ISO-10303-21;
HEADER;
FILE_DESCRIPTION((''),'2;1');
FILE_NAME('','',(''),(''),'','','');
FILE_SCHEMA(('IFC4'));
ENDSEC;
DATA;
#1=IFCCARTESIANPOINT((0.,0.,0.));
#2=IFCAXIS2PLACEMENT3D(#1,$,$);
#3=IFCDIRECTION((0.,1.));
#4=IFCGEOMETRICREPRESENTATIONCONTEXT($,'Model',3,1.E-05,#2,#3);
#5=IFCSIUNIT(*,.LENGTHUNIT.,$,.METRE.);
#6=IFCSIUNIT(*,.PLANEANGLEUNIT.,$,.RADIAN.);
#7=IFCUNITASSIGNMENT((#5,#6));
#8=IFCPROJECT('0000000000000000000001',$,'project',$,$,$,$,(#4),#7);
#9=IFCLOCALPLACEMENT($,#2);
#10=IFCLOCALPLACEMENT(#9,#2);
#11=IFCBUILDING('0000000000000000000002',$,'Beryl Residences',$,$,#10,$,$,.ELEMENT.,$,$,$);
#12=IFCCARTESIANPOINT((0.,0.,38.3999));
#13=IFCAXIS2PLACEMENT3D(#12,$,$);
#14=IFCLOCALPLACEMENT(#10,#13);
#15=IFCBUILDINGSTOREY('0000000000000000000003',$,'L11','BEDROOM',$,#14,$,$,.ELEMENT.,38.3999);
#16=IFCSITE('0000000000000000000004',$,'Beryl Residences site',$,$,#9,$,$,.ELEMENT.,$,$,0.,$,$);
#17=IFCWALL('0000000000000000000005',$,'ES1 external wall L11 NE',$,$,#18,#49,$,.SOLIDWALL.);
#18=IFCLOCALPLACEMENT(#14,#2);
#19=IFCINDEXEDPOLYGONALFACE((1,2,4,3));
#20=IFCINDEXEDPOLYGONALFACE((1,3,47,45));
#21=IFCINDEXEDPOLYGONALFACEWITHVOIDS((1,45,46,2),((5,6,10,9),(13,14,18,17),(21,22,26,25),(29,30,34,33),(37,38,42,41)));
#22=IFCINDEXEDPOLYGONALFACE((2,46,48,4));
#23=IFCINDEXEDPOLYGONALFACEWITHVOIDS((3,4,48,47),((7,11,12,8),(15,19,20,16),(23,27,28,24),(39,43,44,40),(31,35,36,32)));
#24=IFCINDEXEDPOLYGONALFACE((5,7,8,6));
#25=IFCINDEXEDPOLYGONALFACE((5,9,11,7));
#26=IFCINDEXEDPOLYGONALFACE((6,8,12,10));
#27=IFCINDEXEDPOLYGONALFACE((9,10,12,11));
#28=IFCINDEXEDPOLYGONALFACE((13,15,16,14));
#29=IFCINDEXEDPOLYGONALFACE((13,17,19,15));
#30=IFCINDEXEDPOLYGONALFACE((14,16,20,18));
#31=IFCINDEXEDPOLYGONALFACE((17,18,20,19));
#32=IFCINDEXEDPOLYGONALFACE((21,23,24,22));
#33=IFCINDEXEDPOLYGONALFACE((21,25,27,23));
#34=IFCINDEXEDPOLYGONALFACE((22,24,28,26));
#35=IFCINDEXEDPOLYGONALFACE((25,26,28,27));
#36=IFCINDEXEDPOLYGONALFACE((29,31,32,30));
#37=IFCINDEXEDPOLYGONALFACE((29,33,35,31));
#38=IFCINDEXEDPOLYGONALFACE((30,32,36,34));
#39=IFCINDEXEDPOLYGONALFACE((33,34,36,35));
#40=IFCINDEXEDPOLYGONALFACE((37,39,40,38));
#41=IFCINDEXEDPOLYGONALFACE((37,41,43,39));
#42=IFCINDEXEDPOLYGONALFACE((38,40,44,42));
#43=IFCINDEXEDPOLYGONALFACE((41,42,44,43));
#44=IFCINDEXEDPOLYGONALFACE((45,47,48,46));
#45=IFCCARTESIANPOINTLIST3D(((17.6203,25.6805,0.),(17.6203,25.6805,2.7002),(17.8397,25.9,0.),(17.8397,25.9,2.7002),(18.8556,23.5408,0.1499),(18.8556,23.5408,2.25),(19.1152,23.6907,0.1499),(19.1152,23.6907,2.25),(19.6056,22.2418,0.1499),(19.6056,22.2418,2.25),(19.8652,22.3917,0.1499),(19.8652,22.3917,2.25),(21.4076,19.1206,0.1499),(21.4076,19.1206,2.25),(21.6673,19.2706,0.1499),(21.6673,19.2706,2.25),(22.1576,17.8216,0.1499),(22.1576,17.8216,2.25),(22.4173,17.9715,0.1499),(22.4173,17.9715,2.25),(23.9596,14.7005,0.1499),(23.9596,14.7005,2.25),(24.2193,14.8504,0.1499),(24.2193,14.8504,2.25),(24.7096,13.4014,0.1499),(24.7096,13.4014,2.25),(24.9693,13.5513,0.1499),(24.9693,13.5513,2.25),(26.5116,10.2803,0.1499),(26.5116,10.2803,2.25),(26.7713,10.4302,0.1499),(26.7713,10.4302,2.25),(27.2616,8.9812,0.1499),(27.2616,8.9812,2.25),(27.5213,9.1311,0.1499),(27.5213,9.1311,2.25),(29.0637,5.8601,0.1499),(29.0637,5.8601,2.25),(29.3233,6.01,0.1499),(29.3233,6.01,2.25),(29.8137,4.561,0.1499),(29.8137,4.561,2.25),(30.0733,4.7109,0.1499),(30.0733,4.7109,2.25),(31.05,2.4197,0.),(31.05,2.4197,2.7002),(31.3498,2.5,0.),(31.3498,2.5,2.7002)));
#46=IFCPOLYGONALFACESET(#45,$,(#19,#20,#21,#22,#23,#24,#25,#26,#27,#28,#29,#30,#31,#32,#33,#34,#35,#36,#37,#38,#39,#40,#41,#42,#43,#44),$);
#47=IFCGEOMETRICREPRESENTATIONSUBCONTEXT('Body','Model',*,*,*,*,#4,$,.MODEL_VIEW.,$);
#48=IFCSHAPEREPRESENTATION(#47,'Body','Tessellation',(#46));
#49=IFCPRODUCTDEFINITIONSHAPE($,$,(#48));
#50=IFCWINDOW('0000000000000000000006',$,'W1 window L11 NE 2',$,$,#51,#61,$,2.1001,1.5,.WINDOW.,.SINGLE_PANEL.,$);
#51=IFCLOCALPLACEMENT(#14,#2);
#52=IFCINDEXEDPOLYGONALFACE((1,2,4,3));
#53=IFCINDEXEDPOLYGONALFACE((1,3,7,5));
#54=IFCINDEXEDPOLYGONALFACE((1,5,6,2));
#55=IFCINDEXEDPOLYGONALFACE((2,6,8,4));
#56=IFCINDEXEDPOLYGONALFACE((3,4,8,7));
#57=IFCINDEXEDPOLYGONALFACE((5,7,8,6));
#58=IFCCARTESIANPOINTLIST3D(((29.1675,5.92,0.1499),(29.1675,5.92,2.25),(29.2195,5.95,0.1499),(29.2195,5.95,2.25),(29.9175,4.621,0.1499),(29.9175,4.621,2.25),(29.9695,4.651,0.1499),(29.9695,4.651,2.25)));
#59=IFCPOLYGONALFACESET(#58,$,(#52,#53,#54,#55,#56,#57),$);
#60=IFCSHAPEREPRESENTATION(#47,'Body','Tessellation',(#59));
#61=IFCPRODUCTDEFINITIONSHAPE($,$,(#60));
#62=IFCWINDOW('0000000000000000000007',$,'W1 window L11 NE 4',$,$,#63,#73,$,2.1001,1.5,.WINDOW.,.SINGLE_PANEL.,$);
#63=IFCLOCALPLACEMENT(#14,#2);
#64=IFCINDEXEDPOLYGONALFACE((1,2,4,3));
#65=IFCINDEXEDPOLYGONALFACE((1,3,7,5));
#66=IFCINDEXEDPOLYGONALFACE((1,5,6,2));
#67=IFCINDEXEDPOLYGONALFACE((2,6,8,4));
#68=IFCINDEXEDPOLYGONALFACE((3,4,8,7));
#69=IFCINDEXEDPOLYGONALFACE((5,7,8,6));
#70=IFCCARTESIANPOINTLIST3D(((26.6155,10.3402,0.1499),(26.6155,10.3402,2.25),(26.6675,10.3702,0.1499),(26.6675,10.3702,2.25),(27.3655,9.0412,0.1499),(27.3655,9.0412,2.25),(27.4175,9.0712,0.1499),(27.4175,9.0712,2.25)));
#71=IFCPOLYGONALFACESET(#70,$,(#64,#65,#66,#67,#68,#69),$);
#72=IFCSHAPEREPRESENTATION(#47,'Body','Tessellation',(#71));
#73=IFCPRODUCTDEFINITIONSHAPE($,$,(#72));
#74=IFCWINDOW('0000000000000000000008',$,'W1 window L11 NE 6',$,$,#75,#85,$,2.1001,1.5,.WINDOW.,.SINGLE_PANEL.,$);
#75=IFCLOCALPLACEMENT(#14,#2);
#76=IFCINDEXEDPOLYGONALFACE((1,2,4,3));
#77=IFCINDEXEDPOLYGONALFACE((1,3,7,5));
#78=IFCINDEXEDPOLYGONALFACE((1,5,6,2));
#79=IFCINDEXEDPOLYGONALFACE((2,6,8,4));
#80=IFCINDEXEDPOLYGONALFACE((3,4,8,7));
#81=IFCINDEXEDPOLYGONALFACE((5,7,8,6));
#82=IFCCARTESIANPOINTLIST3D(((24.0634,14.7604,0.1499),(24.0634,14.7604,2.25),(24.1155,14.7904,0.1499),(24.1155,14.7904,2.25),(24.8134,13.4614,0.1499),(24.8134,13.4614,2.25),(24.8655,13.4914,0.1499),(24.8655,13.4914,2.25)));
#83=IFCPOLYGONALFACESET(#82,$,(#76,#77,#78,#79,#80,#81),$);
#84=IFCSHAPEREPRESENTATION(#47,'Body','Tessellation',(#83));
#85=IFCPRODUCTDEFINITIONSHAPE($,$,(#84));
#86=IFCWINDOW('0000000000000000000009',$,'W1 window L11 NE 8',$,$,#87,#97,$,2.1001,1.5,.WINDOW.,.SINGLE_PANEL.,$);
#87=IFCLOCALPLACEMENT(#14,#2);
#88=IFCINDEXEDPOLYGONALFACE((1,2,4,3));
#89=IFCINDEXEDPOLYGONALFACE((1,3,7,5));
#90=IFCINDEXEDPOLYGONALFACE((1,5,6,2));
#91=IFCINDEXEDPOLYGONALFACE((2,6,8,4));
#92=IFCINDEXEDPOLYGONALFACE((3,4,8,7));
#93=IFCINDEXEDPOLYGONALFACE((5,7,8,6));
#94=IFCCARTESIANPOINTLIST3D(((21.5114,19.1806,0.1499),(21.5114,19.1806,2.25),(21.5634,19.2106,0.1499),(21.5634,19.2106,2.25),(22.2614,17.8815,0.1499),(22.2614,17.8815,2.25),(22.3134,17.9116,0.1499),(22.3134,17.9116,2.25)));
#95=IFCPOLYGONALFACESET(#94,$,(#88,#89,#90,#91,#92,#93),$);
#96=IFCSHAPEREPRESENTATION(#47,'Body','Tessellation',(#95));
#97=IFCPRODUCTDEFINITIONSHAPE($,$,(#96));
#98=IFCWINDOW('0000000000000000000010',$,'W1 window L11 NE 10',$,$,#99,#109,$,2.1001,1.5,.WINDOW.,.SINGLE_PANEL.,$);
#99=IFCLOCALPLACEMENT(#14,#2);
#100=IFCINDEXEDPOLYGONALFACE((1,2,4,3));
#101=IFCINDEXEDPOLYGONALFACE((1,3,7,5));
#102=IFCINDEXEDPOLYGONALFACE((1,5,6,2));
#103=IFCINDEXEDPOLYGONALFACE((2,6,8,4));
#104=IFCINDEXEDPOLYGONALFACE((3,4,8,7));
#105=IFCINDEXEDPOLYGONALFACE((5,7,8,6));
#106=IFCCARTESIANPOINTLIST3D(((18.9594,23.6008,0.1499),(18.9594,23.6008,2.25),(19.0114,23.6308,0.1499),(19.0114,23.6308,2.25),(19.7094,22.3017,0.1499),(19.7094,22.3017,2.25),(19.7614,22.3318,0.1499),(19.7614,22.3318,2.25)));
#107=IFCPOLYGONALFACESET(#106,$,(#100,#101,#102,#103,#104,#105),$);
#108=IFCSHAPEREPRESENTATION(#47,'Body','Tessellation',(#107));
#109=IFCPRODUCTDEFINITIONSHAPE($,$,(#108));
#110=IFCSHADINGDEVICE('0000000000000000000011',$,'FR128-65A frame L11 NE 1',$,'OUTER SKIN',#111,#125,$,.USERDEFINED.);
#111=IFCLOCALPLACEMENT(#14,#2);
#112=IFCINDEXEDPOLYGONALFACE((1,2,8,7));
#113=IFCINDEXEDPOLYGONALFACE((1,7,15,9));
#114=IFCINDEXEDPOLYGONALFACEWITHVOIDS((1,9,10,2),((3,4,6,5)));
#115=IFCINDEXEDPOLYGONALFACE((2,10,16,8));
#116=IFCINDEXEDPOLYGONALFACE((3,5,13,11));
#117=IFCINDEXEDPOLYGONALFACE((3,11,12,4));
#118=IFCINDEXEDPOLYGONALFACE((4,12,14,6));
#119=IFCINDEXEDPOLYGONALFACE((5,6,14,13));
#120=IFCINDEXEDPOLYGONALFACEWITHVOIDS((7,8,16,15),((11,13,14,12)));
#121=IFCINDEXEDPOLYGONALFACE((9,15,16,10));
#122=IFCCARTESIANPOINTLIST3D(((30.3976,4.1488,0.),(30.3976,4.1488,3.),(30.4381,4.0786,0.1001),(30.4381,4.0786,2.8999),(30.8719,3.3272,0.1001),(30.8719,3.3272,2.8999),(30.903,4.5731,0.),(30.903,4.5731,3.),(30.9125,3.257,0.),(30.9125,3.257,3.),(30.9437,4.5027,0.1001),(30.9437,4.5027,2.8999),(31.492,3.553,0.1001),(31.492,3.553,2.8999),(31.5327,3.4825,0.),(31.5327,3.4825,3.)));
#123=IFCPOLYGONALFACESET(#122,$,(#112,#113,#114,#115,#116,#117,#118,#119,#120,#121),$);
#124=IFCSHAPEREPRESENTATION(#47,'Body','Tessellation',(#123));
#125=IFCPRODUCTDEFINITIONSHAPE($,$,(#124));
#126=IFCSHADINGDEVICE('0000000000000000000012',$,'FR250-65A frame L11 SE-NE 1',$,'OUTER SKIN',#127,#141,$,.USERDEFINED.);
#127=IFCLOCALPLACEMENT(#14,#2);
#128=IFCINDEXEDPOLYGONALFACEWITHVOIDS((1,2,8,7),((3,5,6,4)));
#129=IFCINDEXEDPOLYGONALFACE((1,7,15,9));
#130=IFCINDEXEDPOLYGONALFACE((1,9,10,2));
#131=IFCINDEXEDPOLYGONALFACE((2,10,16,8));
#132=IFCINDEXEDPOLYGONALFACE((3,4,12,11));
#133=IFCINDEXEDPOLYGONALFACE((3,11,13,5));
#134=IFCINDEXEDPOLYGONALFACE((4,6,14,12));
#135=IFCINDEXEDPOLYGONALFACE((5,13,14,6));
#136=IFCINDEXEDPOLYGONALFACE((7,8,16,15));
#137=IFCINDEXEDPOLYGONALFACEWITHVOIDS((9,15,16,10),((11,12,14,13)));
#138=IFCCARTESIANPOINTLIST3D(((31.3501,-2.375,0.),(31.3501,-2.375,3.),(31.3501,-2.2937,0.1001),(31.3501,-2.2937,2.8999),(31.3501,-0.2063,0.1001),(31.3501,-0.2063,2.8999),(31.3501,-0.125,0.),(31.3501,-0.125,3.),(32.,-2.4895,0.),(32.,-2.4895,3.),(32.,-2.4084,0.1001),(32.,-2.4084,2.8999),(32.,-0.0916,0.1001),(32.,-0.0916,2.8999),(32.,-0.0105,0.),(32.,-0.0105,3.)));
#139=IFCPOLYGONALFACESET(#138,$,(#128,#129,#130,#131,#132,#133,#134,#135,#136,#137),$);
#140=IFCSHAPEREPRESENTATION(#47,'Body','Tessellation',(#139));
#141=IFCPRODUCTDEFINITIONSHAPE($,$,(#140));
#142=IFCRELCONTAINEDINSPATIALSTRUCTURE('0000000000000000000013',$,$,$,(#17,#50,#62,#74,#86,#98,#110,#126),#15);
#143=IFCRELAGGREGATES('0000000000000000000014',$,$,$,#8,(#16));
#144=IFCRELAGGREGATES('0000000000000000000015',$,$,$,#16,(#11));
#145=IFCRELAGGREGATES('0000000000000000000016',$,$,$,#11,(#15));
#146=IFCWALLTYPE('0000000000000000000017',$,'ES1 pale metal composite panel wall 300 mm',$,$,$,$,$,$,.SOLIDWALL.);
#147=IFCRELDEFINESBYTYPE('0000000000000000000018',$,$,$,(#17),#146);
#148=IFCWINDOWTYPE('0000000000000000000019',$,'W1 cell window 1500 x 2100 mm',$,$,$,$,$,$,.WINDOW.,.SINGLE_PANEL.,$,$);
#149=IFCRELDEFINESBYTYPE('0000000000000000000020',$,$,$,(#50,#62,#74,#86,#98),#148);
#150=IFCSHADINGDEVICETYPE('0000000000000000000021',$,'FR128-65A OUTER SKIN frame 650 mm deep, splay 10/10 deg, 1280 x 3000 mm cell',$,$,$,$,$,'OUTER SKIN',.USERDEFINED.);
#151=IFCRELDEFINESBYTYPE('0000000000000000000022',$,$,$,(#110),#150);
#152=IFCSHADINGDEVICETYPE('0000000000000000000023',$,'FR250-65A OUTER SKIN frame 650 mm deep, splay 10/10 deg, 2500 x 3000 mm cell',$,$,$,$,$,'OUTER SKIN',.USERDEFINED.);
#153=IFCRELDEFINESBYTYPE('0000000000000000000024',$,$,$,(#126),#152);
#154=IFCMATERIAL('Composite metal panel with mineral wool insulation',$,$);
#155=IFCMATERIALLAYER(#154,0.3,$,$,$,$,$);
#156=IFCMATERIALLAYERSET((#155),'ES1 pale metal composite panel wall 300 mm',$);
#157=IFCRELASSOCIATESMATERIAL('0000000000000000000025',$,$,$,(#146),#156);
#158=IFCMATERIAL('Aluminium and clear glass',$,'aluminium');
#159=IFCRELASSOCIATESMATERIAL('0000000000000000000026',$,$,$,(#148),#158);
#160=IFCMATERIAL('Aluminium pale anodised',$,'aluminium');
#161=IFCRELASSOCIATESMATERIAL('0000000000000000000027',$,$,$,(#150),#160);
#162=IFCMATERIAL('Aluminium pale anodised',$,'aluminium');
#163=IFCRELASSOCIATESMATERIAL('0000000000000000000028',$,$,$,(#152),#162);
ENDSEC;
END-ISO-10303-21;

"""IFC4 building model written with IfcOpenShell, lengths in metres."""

from ifc_helpers import new_model, entity, si_unit, direction, frame, frame_2d, origin, place, context, subcontext, project, spatial, polyline, rectangle, outline, extrude, source, transform, mapped, material, layer, layer_set, type_object, type_shapes, element, fill, save


model = new_model("IFC4")

# Units and contexts
model_context = context("Model", 3, precision=1e-05, world=origin(), true_north=direction((0.0, 1.0)))
body_context = subcontext(model_context, "Body", "Model", "MODEL_VIEW")
ifc_project = project(units=[si_unit("LENGTHUNIT", "METRE"), si_unit("PLANEANGLEUNIT", "RADIAN")], contexts=[model_context])

# Site, building, storey
site_placement = place(None, origin())
site = spatial("IfcSite", under=ifc_project, at=site_placement, Name="Beryl Residences site", CompositionType="ELEMENT", RefElevation=0.0)
building_placement = place(site_placement, origin())
building = spatial("IfcBuilding", under=site, at=building_placement, Name="Beryl Residences", CompositionType="ELEMENT")
storey_placement = place(building_placement, frame((0.0, 0.0, 38.3999)))
storey = spatial("IfcBuildingStorey", under=building, at=storey_placement, Name="L11", Description="BEDROOM", CompositionType="ELEMENT", Elevation=38.3999)

# Shared definitions
ifc_material_1 = material(Name="Composite metal panel with mineral wool insulation")
ifc_layer = layer(ifc_material_1, 0.3)
ifc_layer_set = layer_set([ifc_layer], Name="ES1 pale metal composite panel wall 300 mm")
wall_type = type_object("IfcWallType", Name="ES1 pale metal composite panel wall 300 mm", PredefinedType="SOLIDWALL", material=ifc_layer_set)

# Wall, openings, windows
wall_1_placement = place(storey_placement, frame((31.22, 2.425, 0.0), z_axis=(0.0, 0.0, 1.0), x_axis=(-0.500002, 0.866024, 0.0)))
wall_1 = element("IfcWall", 1, at=wall_1_placement, inside=storey, type_object=wall_type, Name="ES1 external wall L11 NE", PredefinedType="SOLIDWALL", context=body_context, shape_type="SweptSolid", body=[
    extrude(outline(polyline([(0.0, -0.1499), (27.02, -0.1499), (26.9397, 0.1499), (0.0803, 0.1499), (0.0, -0.1499)])), origin(), (0.0, 0.0, 1.0), 2.7002),
])
opening_1_placement = place(wall_1_placement, frame((2.553, 0.0, 0.1499)))
opening_1 = element("IfcOpeningElement", 2, at=opening_1_placement, cuts=wall_1, PredefinedType="OPENING", context=body_context, shape_type="SweptSolid", body=[
    extrude(rectangle(XDim=1.5, YDim=2.1001, at=frame_2d((0.75, 1.05))), frame((0.0, 0.1599, 0.0), z_axis=(0.0, -1.0, 0.0), x_axis=(1.0, 0.0, 0.0)), (0.0, 0.0, 1.0), 0.3201),
])
opening_2_placement = place(wall_1_placement, frame((7.657, 0.0, 0.1499)))
opening_2 = element("IfcOpeningElement", 3, at=opening_2_placement, cuts=wall_1, PredefinedType="OPENING", context=body_context, shape_type="SweptSolid", body=[
    extrude(rectangle(XDim=1.5, YDim=2.1001, at=frame_2d((0.75, 1.05))), frame((0.0, 0.1599, 0.0), z_axis=(0.0, -1.0, 0.0), x_axis=(1.0, 0.0, 0.0)), (0.0, 0.0, 1.0), 0.3201),
])
opening_3_placement = place(wall_1_placement, frame((12.761, 0.0, 0.1499)))
opening_3 = element("IfcOpeningElement", 4, at=opening_3_placement, cuts=wall_1, PredefinedType="OPENING", context=body_context, shape_type="SweptSolid", body=[
    extrude(rectangle(XDim=1.5, YDim=2.1001, at=frame_2d((0.75, 1.05))), frame((0.0, 0.1599, 0.0), z_axis=(0.0, -1.0, 0.0), x_axis=(1.0, 0.0, 0.0)), (0.0, 0.0, 1.0), 0.3201),
])
opening_4_placement = place(wall_1_placement, frame((17.865, 0.0, 0.1499)))
opening_4 = element("IfcOpeningElement", 5, at=opening_4_placement, cuts=wall_1, PredefinedType="OPENING", context=body_context, shape_type="SweptSolid", body=[
    extrude(rectangle(XDim=1.5, YDim=2.1001, at=frame_2d((0.75, 1.05))), frame((0.0, 0.1599, 0.0), z_axis=(0.0, -1.0, 0.0), x_axis=(1.0, 0.0, 0.0)), (0.0, 0.0, 1.0), 0.3201),
])
opening_5_placement = place(wall_1_placement, frame((22.969, 0.0, 0.1499)))
opening_5 = element("IfcOpeningElement", 6, at=opening_5_placement, cuts=wall_1, PredefinedType="OPENING", context=body_context, shape_type="SweptSolid", body=[
    extrude(rectangle(XDim=1.5, YDim=2.1001, at=frame_2d((0.75, 1.05))), frame((0.0, 0.1599, 0.0), z_axis=(0.0, -1.0, 0.0), x_axis=(1.0, 0.0, 0.0)), (0.0, 0.0, 1.0), 0.3201),
])
ifc_material_2 = material(Name="Aluminium and clear glass", Category="aluminium")
window_type_1 = type_object("IfcWindowType", Name="W1 cell window 1500 x 2100 mm", PartitioningType="SINGLE_PANEL", PredefinedType="WINDOW", material=ifc_material_2)
window_1_placement = place(opening_1_placement, origin())
window_1 = element("IfcWindow", 7, at=window_1_placement, inside=storey, type_object=window_type_1, Name="W1 window L11 NE 2", OverallHeight=2.1001, OverallWidth=1.5, PartitioningType="SINGLE_PANEL", PredefinedType="WINDOW", context=body_context, shape_type="SweptSolid", body=[
    extrude(rectangle(XDim=1.5, YDim=2.1001, at=frame_2d((0.75, 1.05))), frame((0.0, 0.03, 0.0), z_axis=(0.0, -1.0, 0.0), x_axis=(1.0, 0.0, 0.0)), (0.0, 0.0, 1.0), 0.0601),
])
fill(opening_1, window_1)
window_2_placement = place(opening_2_placement, origin())
window_2 = element("IfcWindow", 8, at=window_2_placement, inside=storey, type_object=window_type_1, Name="W1 window L11 NE 4", OverallHeight=2.1001, OverallWidth=1.5, PartitioningType="SINGLE_PANEL", PredefinedType="WINDOW", context=body_context, shape_type="SweptSolid", body=[
    extrude(rectangle(XDim=1.5, YDim=2.1001, at=frame_2d((0.75, 1.05))), frame((0.0, 0.03, 0.0), z_axis=(0.0, -1.0, 0.0), x_axis=(1.0, 0.0, 0.0)), (0.0, 0.0, 1.0), 0.0601),
])
fill(opening_2, window_2)
window_3_placement = place(opening_3_placement, origin())
window_3 = element("IfcWindow", 9, at=window_3_placement, inside=storey, type_object=window_type_1, Name="W1 window L11 NE 6", OverallHeight=2.1001, OverallWidth=1.5, PartitioningType="SINGLE_PANEL", PredefinedType="WINDOW", context=body_context, shape_type="SweptSolid", body=[
    extrude(rectangle(XDim=1.5, YDim=2.1001, at=frame_2d((0.75, 1.05))), frame((0.0, 0.03, 0.0), z_axis=(0.0, -1.0, 0.0), x_axis=(1.0, 0.0, 0.0)), (0.0, 0.0, 1.0), 0.0601),
])
fill(opening_3, window_3)
window_4_placement = place(opening_4_placement, origin())
window_4 = element("IfcWindow", 10, at=window_4_placement, inside=storey, type_object=window_type_1, Name="W1 window L11 NE 8", OverallHeight=2.1001, OverallWidth=1.5, PartitioningType="SINGLE_PANEL", PredefinedType="WINDOW", context=body_context, shape_type="SweptSolid", body=[
    extrude(rectangle(XDim=1.5, YDim=2.1001, at=frame_2d((0.75, 1.05))), frame((0.0, 0.03, 0.0), z_axis=(0.0, -1.0, 0.0), x_axis=(1.0, 0.0, 0.0)), (0.0, 0.0, 1.0), 0.0601),
])
fill(opening_4, window_4)
window_5_placement = place(opening_5_placement, origin())
window_5 = element("IfcWindow", 11, at=window_5_placement, inside=storey, type_object=window_type_1, Name="W1 window L11 NE 10", OverallHeight=2.1001, OverallWidth=1.5, PartitioningType="SINGLE_PANEL", PredefinedType="WINDOW", context=body_context, shape_type="SweptSolid", body=[
    extrude(rectangle(XDim=1.5, YDim=2.1001, at=frame_2d((0.75, 1.05))), frame((0.0, 0.03, 0.0), z_axis=(0.0, -1.0, 0.0), x_axis=(1.0, 0.0, 0.0)), (0.0, 0.0, 1.0), 0.0601),
])
fill(opening_5, window_5)

# Shading devices
ifc_material_3 = material(Name="Aluminium pale anodised", Category="aluminium")
shading_device_type_1 = type_object("IfcShadingDeviceType", Name="FR128-65A OUTER SKIN frame 650 mm deep, splay 10/10 deg, 1280 x 3000 mm cell", ElementType="OUTER SKIN", PredefinedType="USERDEFINED", material=ifc_material_3)
cartesian_point_1 = entity("IfcCartesianPoint", [-0.5149, 0.0])
cartesian_point_2 = entity("IfcCartesianPoint", [-0.4338, 0.1001])
cartesian_point_3 = entity("IfcCartesianPoint", [-0.6296, 0.0])
cartesian_point_4 = entity("IfcCartesianPoint", [-0.5483, 0.1001])
shared_shape_1 = source(origin(), body_context, "Body", "SweptSolid", [
    entity("IfcExtrudedAreaSolidTapered", entity("IfcArbitraryProfileDefWithVoids", "AREA", None, entity("IfcPolyline", [cartesian_point_1, entity("IfcCartesianPoint", [0.5149, 0.0]), entity("IfcCartesianPoint", [0.5149, 3.0]), entity("IfcCartesianPoint", [-0.5149, 3.0]), cartesian_point_1]), [entity("IfcPolyline", [cartesian_point_2, entity("IfcCartesianPoint", [0.4338, 0.1001]), entity("IfcCartesianPoint", [0.4338, 2.8999]), entity("IfcCartesianPoint", [-0.4338, 2.8999]), cartesian_point_2])]), entity("IfcAxis2Placement3D", entity("IfcCartesianPoint", [0.0, 0.0, 0.0]), entity("IfcDirection", [0.0, 1.0, 0.0]), entity("IfcDirection", [-1.0, 0.0, 0.0])), entity("IfcDirection", [0.0, 0.0, 1.0]), 0.6499, entity("IfcArbitraryProfileDefWithVoids", "AREA", None, entity("IfcPolyline", [cartesian_point_3, entity("IfcCartesianPoint", [0.6296, 0.0]), entity("IfcCartesianPoint", [0.6296, 3.0]), entity("IfcCartesianPoint", [-0.6296, 3.0]), cartesian_point_3]), [entity("IfcPolyline", [cartesian_point_4, entity("IfcCartesianPoint", [0.5483, 0.1001]), entity("IfcCartesianPoint", [0.5483, 2.8999]), entity("IfcCartesianPoint", [-0.5483, 2.8999]), cartesian_point_4])])),
])
type_shapes(shading_device_type_1, [shared_shape_1])
shading_device_placement = place(storey_placement, frame((30.655, 3.7029, 0.0), z_axis=(0.0, 0.0, 1.0), x_axis=(0.5, -0.866025, 0.0)))
element("IfcShadingDevice", 12, at=shading_device_placement, inside=storey, type_object=shading_device_type_1, Name="FR128-65A frame L11 NE 1", ObjectType="OUTER SKIN", PredefinedType="USERDEFINED", context=body_context, shape_type="MappedRepresentation", body=[
    mapped(shared_shape_1, transform((0.0, 0.0, 0.0))),
])
ifc_material_4 = material(Name="Aluminium pale anodised", Category="aluminium")
shading_device_type_2 = type_object("IfcShadingDeviceType", Name="FR250-65A OUTER SKIN frame 650 mm deep, splay 10/10 deg, 2500 x 3000 mm cell", ElementType="OUTER SKIN", PredefinedType="USERDEFINED", material=ifc_material_4)
cartesian_point_5 = entity("IfcCartesianPoint", [-1.125, 0.0])
cartesian_point_6 = entity("IfcCartesianPoint", [-1.0437, 0.1001])
cartesian_point_7 = entity("IfcCartesianPoint", [-1.2395, 0.0])
cartesian_point_8 = entity("IfcCartesianPoint", [-1.1584, 0.1001])
shared_shape_2 = source(origin(), body_context, "Body", "SweptSolid", [
    entity("IfcExtrudedAreaSolidTapered", entity("IfcArbitraryProfileDefWithVoids", "AREA", None, entity("IfcPolyline", [cartesian_point_5, entity("IfcCartesianPoint", [1.125, 0.0]), entity("IfcCartesianPoint", [1.125, 3.0]), entity("IfcCartesianPoint", [-1.125, 3.0]), cartesian_point_5]), [entity("IfcPolyline", [cartesian_point_6, entity("IfcCartesianPoint", [1.0437, 0.1001]), entity("IfcCartesianPoint", [1.0437, 2.8999]), entity("IfcCartesianPoint", [-1.0437, 2.8999]), cartesian_point_6])]), entity("IfcAxis2Placement3D", entity("IfcCartesianPoint", [0.0, 0.0, 0.0]), entity("IfcDirection", [0.0, 1.0, 0.0]), entity("IfcDirection", [-1.0, 0.0, 0.0])), entity("IfcDirection", [0.0, 0.0, 1.0]), 0.6499, entity("IfcArbitraryProfileDefWithVoids", "AREA", None, entity("IfcPolyline", [cartesian_point_7, entity("IfcCartesianPoint", [1.2395, 0.0]), entity("IfcCartesianPoint", [1.2395, 3.0]), entity("IfcCartesianPoint", [-1.2395, 3.0]), cartesian_point_7]), [entity("IfcPolyline", [cartesian_point_8, entity("IfcCartesianPoint", [1.1584, 0.1001]), entity("IfcCartesianPoint", [1.1584, 2.8999]), entity("IfcCartesianPoint", [-1.1584, 2.8999]), cartesian_point_8])])),
])
type_shapes(shading_device_type_2, [shared_shape_2])
for number, where, z_axis, x_axis, name in (
    (13, (31.3501, -1.25, 0.0), (0.0, 0.0, 1.0), (0.0, -1.0, 0.0), "FR250-65A frame L11 SE-NE 1"),
):
    element("IfcShadingDevice", number, at=place(storey_placement, frame(where, z_axis=z_axis, x_axis=x_axis)), inside=storey, type_object=shading_device_type_2, Name=name, ObjectType="OUTER SKIN", PredefinedType="USERDEFINED", context=body_context, shape_type="MappedRepresentation", body=[
        mapped(shared_shape_2, transform((0.0, 0.0, 0.0))),
    ])

save(model, "model.ifc")
